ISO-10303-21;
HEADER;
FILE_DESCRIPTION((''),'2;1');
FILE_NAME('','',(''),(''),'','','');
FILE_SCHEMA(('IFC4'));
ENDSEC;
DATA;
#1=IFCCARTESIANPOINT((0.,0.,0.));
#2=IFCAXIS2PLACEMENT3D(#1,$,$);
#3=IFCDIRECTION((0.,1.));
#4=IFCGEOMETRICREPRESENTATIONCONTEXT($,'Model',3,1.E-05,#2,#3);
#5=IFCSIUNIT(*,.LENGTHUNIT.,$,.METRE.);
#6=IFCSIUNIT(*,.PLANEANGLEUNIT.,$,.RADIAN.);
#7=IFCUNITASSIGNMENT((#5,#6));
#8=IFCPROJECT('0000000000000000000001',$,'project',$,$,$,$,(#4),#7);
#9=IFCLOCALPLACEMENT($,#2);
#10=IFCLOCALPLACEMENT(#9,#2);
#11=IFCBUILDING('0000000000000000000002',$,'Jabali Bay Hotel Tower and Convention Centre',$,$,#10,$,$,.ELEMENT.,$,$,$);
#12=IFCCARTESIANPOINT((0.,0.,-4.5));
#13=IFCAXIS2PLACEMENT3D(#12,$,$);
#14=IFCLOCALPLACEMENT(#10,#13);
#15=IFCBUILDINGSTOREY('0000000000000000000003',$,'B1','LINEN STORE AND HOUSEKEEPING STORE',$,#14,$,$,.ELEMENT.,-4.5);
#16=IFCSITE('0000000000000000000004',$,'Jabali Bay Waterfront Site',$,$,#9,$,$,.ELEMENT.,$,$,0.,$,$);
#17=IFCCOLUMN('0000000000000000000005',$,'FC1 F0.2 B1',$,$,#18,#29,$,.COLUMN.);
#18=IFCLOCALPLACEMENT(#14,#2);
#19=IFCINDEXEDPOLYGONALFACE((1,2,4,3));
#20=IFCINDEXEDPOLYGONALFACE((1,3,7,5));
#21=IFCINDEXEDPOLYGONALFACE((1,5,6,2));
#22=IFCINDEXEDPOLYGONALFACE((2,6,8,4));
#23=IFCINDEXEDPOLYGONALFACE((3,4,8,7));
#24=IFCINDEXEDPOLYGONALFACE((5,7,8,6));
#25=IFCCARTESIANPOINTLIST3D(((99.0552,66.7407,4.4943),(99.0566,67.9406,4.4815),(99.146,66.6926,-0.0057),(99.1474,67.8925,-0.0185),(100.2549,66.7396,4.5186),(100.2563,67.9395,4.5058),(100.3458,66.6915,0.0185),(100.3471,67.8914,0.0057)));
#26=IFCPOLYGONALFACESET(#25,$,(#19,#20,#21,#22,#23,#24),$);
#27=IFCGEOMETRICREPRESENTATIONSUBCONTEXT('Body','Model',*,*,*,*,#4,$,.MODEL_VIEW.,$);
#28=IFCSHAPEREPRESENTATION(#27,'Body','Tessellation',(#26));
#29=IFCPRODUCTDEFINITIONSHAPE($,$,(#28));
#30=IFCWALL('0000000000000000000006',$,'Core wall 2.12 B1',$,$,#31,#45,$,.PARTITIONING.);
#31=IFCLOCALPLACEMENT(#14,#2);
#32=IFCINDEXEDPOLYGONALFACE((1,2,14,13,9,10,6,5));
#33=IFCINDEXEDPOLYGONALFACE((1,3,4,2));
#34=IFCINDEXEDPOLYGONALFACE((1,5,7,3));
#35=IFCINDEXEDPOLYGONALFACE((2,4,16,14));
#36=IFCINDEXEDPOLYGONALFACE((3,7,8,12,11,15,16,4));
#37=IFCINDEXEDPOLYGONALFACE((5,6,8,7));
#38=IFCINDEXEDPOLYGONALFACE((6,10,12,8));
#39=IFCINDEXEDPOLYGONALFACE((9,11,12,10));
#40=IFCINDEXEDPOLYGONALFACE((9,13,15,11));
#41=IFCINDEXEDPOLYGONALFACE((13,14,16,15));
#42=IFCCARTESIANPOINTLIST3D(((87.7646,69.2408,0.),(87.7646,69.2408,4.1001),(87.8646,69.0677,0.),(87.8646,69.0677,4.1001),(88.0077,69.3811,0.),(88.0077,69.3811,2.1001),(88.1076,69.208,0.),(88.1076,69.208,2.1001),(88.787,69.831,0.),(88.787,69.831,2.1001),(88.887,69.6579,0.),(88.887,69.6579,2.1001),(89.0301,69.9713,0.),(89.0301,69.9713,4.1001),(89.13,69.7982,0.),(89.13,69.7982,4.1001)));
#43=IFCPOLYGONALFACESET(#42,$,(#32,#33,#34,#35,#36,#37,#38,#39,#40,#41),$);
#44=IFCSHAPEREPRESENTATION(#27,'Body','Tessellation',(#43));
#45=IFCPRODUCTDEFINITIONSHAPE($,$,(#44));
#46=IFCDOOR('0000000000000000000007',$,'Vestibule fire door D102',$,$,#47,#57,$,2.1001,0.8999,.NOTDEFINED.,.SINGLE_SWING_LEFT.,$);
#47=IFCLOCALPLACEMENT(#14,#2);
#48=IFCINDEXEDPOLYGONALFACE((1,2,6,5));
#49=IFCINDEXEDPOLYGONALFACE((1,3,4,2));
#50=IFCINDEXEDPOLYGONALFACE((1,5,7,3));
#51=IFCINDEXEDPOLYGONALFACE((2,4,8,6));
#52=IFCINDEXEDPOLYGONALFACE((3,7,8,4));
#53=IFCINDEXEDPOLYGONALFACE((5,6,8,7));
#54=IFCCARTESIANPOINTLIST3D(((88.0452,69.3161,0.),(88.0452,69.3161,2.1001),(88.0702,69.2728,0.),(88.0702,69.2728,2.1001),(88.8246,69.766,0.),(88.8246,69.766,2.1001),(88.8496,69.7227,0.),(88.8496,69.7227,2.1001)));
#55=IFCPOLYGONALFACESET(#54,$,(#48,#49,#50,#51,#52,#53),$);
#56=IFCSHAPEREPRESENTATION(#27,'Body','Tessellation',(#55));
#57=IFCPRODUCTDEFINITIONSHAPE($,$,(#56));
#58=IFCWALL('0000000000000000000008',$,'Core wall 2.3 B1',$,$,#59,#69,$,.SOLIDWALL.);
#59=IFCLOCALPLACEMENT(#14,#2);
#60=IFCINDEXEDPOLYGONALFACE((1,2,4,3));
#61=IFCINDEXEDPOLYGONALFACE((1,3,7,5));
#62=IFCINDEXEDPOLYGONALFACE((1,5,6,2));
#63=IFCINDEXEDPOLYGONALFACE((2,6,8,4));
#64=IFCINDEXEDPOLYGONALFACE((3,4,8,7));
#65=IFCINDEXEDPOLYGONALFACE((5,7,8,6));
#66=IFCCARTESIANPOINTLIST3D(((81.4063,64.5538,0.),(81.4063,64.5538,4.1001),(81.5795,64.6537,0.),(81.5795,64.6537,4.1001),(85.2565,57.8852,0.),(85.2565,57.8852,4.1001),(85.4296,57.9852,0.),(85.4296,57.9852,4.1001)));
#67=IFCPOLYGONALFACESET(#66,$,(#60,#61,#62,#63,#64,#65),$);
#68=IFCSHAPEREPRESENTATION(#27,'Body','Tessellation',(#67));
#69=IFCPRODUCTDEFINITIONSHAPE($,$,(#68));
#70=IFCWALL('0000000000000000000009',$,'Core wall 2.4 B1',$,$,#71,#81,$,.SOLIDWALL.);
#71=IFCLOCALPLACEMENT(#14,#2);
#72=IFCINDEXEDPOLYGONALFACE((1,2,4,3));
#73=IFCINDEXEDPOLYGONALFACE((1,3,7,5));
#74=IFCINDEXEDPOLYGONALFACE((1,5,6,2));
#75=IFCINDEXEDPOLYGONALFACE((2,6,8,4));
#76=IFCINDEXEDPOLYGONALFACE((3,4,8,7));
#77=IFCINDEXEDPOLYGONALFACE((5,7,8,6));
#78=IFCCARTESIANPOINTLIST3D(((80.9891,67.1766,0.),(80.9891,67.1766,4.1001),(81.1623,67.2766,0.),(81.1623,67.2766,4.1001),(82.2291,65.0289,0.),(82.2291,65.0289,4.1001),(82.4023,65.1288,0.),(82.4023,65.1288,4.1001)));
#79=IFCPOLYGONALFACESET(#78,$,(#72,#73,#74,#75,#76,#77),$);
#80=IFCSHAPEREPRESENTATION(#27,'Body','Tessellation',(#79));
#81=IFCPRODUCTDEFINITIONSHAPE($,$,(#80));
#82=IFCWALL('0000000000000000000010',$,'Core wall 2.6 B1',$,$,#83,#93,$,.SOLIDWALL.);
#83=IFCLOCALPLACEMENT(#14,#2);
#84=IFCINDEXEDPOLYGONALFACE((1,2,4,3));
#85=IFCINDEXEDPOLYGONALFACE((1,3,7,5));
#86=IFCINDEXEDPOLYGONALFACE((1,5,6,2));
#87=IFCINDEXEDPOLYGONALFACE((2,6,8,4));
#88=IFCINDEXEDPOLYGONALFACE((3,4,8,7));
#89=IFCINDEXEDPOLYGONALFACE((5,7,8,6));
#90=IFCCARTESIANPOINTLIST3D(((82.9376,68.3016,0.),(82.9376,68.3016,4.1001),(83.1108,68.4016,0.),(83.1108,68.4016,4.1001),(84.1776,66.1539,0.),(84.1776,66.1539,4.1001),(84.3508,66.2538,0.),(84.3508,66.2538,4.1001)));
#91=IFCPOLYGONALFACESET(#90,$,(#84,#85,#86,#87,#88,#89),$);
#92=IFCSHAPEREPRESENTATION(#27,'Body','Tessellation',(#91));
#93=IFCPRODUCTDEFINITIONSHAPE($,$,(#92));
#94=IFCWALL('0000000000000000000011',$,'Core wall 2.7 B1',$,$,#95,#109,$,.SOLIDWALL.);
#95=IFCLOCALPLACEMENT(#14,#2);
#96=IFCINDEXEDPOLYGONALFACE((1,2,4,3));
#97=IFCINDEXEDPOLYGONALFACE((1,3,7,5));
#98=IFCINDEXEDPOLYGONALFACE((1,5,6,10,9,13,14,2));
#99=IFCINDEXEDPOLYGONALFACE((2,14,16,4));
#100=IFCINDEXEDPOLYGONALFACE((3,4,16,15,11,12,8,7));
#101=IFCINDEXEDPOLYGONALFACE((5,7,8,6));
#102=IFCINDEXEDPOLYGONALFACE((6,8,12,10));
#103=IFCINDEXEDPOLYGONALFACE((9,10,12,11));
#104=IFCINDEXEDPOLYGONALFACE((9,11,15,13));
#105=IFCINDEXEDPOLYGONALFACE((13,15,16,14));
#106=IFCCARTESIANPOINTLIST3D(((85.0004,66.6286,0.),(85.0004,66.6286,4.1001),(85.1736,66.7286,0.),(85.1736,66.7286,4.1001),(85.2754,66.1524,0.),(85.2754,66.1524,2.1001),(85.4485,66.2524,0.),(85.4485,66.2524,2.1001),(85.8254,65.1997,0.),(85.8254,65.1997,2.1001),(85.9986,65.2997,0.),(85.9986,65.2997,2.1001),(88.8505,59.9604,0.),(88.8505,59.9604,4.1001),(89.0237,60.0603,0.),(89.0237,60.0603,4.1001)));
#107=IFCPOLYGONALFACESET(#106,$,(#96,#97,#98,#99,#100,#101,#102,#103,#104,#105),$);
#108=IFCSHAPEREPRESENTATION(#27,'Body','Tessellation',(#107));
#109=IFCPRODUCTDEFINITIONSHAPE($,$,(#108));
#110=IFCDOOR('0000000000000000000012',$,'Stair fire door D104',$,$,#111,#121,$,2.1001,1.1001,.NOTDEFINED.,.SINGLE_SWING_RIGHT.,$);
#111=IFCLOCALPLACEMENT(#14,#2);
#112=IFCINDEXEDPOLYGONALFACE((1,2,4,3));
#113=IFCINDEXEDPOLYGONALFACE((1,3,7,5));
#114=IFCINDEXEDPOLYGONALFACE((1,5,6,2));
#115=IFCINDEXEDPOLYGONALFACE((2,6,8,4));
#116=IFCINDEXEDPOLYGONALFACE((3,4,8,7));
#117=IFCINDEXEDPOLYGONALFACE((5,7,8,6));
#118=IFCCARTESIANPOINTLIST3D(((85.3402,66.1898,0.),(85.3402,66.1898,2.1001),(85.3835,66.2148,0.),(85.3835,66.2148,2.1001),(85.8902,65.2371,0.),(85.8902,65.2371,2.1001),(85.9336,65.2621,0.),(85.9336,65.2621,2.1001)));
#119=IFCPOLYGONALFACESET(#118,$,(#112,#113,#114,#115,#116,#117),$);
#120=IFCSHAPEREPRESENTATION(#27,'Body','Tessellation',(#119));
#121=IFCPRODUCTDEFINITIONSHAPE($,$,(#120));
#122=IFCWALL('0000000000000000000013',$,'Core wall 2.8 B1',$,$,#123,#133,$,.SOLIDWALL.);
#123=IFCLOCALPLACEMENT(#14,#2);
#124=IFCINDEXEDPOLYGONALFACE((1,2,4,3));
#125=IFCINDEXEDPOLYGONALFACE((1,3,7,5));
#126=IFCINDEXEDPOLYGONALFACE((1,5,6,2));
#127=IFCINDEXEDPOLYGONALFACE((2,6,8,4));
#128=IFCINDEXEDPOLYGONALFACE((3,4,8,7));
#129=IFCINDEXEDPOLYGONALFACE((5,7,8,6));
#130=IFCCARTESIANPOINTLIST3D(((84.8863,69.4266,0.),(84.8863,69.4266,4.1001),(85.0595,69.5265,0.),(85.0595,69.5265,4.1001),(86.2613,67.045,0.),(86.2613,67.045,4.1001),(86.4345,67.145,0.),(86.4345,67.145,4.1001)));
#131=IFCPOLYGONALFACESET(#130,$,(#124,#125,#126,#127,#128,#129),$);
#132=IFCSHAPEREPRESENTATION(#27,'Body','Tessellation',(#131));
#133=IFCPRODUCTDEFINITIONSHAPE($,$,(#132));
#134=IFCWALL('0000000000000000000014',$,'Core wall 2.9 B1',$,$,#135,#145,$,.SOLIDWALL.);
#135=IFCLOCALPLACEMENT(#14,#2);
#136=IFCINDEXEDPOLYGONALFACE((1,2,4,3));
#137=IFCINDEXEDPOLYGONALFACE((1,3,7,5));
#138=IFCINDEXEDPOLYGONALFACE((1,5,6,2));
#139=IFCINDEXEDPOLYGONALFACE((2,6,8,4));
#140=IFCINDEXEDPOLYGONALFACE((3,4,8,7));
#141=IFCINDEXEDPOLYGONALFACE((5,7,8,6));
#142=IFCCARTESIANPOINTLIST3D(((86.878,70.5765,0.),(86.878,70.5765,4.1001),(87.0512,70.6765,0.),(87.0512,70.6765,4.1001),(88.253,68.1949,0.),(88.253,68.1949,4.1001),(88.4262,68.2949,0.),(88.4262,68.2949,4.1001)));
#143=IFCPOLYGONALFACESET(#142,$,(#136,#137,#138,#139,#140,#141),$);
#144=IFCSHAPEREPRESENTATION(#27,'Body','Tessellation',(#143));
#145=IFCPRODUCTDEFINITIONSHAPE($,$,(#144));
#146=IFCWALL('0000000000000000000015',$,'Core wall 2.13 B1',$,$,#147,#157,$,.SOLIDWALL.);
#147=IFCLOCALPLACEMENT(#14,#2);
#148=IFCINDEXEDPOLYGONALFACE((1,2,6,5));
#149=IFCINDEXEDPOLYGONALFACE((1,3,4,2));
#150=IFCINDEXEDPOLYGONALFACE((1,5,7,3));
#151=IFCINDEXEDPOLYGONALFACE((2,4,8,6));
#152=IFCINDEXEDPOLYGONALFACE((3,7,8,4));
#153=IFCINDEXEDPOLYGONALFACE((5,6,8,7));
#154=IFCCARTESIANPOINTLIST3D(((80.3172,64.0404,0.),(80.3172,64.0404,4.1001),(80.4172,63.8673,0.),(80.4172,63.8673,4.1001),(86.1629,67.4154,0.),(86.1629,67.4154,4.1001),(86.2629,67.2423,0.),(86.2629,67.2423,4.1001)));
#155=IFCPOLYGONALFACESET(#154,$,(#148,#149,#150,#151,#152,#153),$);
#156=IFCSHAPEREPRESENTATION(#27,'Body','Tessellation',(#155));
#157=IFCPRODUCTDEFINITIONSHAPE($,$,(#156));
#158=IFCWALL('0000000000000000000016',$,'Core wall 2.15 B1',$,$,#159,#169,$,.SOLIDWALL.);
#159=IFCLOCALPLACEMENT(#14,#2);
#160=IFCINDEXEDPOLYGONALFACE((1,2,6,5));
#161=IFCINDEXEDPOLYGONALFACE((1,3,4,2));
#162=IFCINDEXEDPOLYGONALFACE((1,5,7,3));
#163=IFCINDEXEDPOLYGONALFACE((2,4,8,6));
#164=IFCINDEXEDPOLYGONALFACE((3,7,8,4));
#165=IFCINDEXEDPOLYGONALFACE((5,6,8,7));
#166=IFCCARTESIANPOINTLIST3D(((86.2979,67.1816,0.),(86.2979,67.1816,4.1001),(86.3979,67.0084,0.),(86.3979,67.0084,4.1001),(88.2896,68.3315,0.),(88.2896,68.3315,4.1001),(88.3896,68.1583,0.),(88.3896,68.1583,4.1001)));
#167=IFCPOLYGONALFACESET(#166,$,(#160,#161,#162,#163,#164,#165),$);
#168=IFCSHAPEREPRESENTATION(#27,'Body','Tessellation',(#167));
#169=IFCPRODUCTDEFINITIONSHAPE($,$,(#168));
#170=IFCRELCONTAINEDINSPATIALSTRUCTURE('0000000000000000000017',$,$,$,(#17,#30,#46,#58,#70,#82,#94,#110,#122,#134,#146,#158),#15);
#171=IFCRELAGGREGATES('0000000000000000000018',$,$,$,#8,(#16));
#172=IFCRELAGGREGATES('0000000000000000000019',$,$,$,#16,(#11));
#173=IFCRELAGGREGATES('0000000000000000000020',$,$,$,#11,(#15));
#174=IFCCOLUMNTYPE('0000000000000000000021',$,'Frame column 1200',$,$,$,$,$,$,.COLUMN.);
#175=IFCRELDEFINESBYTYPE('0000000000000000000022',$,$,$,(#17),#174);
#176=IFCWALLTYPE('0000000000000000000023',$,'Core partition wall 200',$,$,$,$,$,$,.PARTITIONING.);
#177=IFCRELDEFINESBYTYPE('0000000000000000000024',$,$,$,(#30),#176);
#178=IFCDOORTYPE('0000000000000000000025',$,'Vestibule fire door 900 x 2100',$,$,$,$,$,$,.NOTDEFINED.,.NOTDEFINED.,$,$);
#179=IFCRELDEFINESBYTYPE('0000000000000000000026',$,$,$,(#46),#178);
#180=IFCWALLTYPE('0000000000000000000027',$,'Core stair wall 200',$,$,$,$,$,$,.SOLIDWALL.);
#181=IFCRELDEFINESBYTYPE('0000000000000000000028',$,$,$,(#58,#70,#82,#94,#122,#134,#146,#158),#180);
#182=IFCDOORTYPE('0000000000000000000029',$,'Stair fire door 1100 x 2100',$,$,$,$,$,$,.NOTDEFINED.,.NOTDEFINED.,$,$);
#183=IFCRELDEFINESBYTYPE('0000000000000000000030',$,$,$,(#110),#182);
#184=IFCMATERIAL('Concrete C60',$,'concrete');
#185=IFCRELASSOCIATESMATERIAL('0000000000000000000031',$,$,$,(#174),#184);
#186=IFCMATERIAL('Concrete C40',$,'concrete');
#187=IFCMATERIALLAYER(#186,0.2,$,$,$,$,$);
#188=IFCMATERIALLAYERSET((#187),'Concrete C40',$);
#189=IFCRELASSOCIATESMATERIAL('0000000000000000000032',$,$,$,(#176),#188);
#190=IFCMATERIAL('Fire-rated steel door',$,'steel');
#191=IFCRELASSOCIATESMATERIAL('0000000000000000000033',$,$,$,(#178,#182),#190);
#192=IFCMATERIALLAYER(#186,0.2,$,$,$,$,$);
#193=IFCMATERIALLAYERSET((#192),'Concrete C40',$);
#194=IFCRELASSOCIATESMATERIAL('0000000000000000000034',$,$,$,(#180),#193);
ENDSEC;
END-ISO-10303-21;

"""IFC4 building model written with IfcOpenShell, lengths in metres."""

from ifc_helpers import new_model, si_unit, direction, frame, frame_2d, origin, origin_2d, place, context, subcontext, project, spatial, rectangle, extrude, material, layer, layer_set, material_profile, profile_set, type_object, element, fill, save


model = new_model("IFC4")

# Units and contexts
model_context = context("Model", 3, precision=1e-05, world=origin(), true_north=direction((0.0, 1.0)))
body_context = subcontext(model_context, "Body", "Model", "MODEL_VIEW")
ifc_project = project(units=[si_unit("LENGTHUNIT", "METRE"), si_unit("PLANEANGLEUNIT", "RADIAN")], contexts=[model_context])

# Site, building, storey
site_placement = place(None, origin())
site = spatial("IfcSite", under=ifc_project, at=site_placement, Name="Jabali Bay Waterfront Site", CompositionType="ELEMENT", RefElevation=0.0)
building_placement = place(site_placement, origin())
building = spatial("IfcBuilding", under=site, at=building_placement, Name="Jabali Bay Hotel Tower and Convention Centre", CompositionType="ELEMENT")
storey_placement = place(building_placement, frame((0.0, 0.0, -4.5)))
storey = spatial("IfcBuildingStorey", under=building, at=storey_placement, Name="B1", Description="LINEN STORE AND HOUSEKEEPING STORE", CompositionType="ELEMENT", Elevation=-4.5)

# Column
ifc_material_1 = material(Name="Concrete C60", Category="concrete")
ifc_material_profile = material_profile(ifc_material_1, rectangle(XDim=1.2, YDim=1.2, at=origin_2d()), Name="Frame column 1200")
ifc_profile_set = profile_set([ifc_material_profile], Name="Concrete C60")
column_type = type_object("IfcColumnType", Name="Frame column 1200", PredefinedType="COLUMN", material=ifc_profile_set)
column_placement = place(storey_placement, frame((99.7466, 67.292, 0.0), z_axis=(-0.020177, 0.010685, 0.999739), x_axis=(-0.001139, -0.999942, 0.010664)))
element("IfcColumn", 1, at=column_placement, inside=storey, type_object=column_type, Name="FC1 F0.2 B1", PredefinedType="COLUMN", context=body_context, shape_type="SweptSolid", body=[
    extrude(rectangle(XDim=1.2, YDim=1.2, at=origin_2d()), origin(), (0.0, 0.0, 1.0), 4.5012),
])

# Wall, opening, door
ifc_material_2 = material(Name="Concrete C40", Category="concrete")
ifc_layer_1 = layer(ifc_material_2, 0.2)
ifc_layer_set_1 = layer_set([ifc_layer_1], Name="Concrete C40")
wall_type_1 = type_object("IfcWallType", Name="Core partition wall 200", PredefinedType="PARTITIONING", material=ifc_layer_set_1)
wall_1_placement = place(storey_placement, frame((87.8147, 69.1543, 0.0), z_axis=(0.0, 0.0, 1.0), x_axis=(0.866055, 0.499949, 0.0)))
wall_1 = element("IfcWall", 2, at=wall_1_placement, inside=storey, type_object=wall_type_1, Name="Core wall 2.12 B1", PredefinedType="PARTITIONING", context=body_context, shape_type="SweptSolid", body=[
    extrude(rectangle(XDim=1.4612, YDim=0.2, at=frame_2d((0.7305, 0.0))), origin(), (0.0, 0.0, 1.0), 4.1001),
])
opening_1_placement = place(wall_1_placement, frame((0.2805, 0.0, 0.0)))
opening_1 = element("IfcOpeningElement", 3, at=opening_1_placement, cuts=wall_1, PredefinedType="OPENING", context=body_context, shape_type="SweptSolid", body=[
    extrude(rectangle(XDim=0.8999, YDim=2.1001, at=frame_2d((0.45, 1.05))), frame((0.0, 0.1104, 0.0), z_axis=(0.0, -1.0, 0.0), x_axis=(1.0, 0.0, 0.0)), (0.0, 0.0, 1.0), 0.2209),
])
ifc_material_3 = material(Name="Fire-rated steel door", Category="steel")
door_type_1 = type_object("IfcDoorType", Name="Vestibule fire door 900 x 2100", OperationType="NOTDEFINED", PredefinedType="NOTDEFINED", material=ifc_material_3)
door_1_placement = place(opening_1_placement, origin())
door_1 = element("IfcDoor", 4, at=door_1_placement, inside=storey, type_object=door_type_1, Name="Vestibule fire door D102", OperationType="SINGLE_SWING_LEFT", OverallHeight=2.1001, OverallWidth=0.8999, PredefinedType="NOTDEFINED", context=body_context, shape_type="SweptSolid", body=[
    extrude(rectangle(XDim=0.8999, YDim=2.1001, at=frame_2d((0.45, 1.05))), frame((0.0, 0.0249, 0.0), z_axis=(0.0, -1.0, 0.0), x_axis=(1.0, 0.0, 0.0)), (0.0, 0.0, 1.0), 0.05),
])
fill(opening_1, door_1)

# Walls
ifc_layer_2 = layer(ifc_material_2, 0.2)
ifc_layer_set_2 = layer_set([ifc_layer_2], Name="Concrete C40")
wall_type_2 = type_object("IfcWallType", Name="Core stair wall 200", PredefinedType="SOLIDWALL", material=ifc_layer_set_2)
wall_2_placement = place(storey_placement, frame((81.4929, 64.6038, 0.0), z_axis=(0.0, 0.0, 1.0), x_axis=(0.500006, -0.866022, 0.0)))
element("IfcWall", 5, at=wall_2_placement, inside=storey, type_object=wall_type_2, Name="Core wall 2.3 B1", PredefinedType="SOLIDWALL", context=body_context, shape_type="SweptSolid", body=[
    extrude(rectangle(XDim=7.7002, YDim=0.2, at=frame_2d((3.8501, 0.0))), origin(), (0.0, 0.0, 1.0), 4.1001),
])
for number, where, z_axis, x_axis, name in (
    (6, (81.0757, 67.2266, 0.0), (0.0, 0.0, 1.0), (0.500004, -0.866023, 0.0), "Core wall 2.4 B1"),
    (7, (83.0242, 68.3516, 0.0), (0.0, 0.0, 1.0), (0.500004, -0.866023, 0.0), "Core wall 2.6 B1"),
):
    element("IfcWall", number, at=place(storey_placement, frame(where, z_axis=z_axis, x_axis=x_axis)), inside=storey, type_object=wall_type_2, Name=name, PredefinedType="SOLIDWALL", context=body_context, shape_type="SweptSolid", body=[
        extrude(rectangle(XDim=2.48, YDim=0.2, at=frame_2d((1.24, 0.0))), origin(), (0.0, 0.0, 1.0), 4.1001),
    ])

# Wall, opening, door
wall_3_placement = place(storey_placement, frame((85.0869, 66.6787, 0.0), z_axis=(0.0, 0.0, 1.0), x_axis=(0.50002, -0.866014, 0.0)))
wall_3 = element("IfcWall", 8, at=wall_3_placement, inside=storey, type_object=wall_type_2, Name="Core wall 2.7 B1", PredefinedType="SOLIDWALL", context=body_context, shape_type="SweptSolid", body=[
    extrude(rectangle(XDim=7.7, YDim=0.2, at=frame_2d((3.8501, 0.0))), origin(), (0.0, 0.0, 1.0), 4.1001),
])
opening_2_placement = place(wall_3_placement, frame((0.55, 0.0, 0.0)))
opening_2 = element("IfcOpeningElement", 9, at=opening_2_placement, cuts=wall_3, PredefinedType="OPENING", context=body_context, shape_type="SweptSolid", body=[
    extrude(rectangle(XDim=1.1001, YDim=2.1001, at=frame_2d((0.55, 1.05))), frame((0.0, 0.1104, 0.0), z_axis=(0.0, -1.0, 0.0), x_axis=(1.0, 0.0, 0.0)), (0.0, 0.0, 1.0), 0.2209),
])
door_type_2 = type_object("IfcDoorType", Name="Stair fire door 1100 x 2100", OperationType="NOTDEFINED", PredefinedType="NOTDEFINED", material=ifc_material_3)
door_2_placement = place(opening_2_placement, origin())
door_2 = element("IfcDoor", 10, at=door_2_placement, inside=storey, type_object=door_type_2, Name="Stair fire door D104", OperationType="SINGLE_SWING_RIGHT", OverallHeight=2.1001, OverallWidth=1.1001, PredefinedType="NOTDEFINED", context=body_context, shape_type="SweptSolid", body=[
    extrude(rectangle(XDim=1.1001, YDim=2.1001, at=frame_2d((0.55, 1.05))), frame((0.0, 0.0249, 0.0), z_axis=(0.0, -1.0, 0.0), x_axis=(1.0, 0.0, 0.0)), (0.0, 0.0, 1.0), 0.05),
])
fill(opening_2, door_2)

# Walls
for number, where, z_axis, x_axis, name in (
    (11, (84.9729, 69.4766, 0.0), (0.0, 0.0, 1.0), (0.499997, -0.866027, 0.0), "Core wall 2.8 B1"),
    (12, (86.9646, 70.6265, 0.0), (0.0, 0.0, 1.0), (0.499997, -0.866027, 0.0), "Core wall 2.9 B1"),
):
    element("IfcWall", number, at=place(storey_placement, frame(where, z_axis=z_axis, x_axis=x_axis)), inside=storey, type_object=wall_type_2, Name=name, PredefinedType="SOLIDWALL", context=body_context, shape_type="SweptSolid", body=[
        extrude(rectangle(XDim=2.75, YDim=0.2, at=frame_2d((1.375, 0.0))), origin(), (0.0, 0.0, 1.0), 4.1001),
    ])
wall_4_placement = place(storey_placement, frame((80.3672, 63.9539, 0.0), z_axis=(0.0, 0.0, 1.0), x_axis=(0.866027, 0.499998, 0.0)))
element("IfcWall", 13, at=wall_4_placement, inside=storey, type_object=wall_type_2, Name="Core wall 2.13 B1", PredefinedType="SOLIDWALL", context=body_context, shape_type="SweptSolid", body=[
    extrude(rectangle(XDim=6.75, YDim=0.2, at=frame_2d((3.375, 0.0))), origin(), (0.0, 0.0, 1.0), 4.1001),
])
wall_5_placement = place(storey_placement, frame((86.3479, 67.095, 0.0), z_axis=(0.0, 0.0, 1.0), x_axis=(0.866026, 0.499998, 0.0)))
element("IfcWall", 14, at=wall_5_placement, inside=storey, type_object=wall_type_2, Name="Core wall 2.15 B1", PredefinedType="SOLIDWALL", context=body_context, shape_type="SweptSolid", body=[
    extrude(rectangle(XDim=2.2998, YDim=0.2, at=frame_2d((1.1499, 0.0))), origin(), (0.0, 0.0, 1.0), 4.1001),
])

save(model, "model.ifc")
